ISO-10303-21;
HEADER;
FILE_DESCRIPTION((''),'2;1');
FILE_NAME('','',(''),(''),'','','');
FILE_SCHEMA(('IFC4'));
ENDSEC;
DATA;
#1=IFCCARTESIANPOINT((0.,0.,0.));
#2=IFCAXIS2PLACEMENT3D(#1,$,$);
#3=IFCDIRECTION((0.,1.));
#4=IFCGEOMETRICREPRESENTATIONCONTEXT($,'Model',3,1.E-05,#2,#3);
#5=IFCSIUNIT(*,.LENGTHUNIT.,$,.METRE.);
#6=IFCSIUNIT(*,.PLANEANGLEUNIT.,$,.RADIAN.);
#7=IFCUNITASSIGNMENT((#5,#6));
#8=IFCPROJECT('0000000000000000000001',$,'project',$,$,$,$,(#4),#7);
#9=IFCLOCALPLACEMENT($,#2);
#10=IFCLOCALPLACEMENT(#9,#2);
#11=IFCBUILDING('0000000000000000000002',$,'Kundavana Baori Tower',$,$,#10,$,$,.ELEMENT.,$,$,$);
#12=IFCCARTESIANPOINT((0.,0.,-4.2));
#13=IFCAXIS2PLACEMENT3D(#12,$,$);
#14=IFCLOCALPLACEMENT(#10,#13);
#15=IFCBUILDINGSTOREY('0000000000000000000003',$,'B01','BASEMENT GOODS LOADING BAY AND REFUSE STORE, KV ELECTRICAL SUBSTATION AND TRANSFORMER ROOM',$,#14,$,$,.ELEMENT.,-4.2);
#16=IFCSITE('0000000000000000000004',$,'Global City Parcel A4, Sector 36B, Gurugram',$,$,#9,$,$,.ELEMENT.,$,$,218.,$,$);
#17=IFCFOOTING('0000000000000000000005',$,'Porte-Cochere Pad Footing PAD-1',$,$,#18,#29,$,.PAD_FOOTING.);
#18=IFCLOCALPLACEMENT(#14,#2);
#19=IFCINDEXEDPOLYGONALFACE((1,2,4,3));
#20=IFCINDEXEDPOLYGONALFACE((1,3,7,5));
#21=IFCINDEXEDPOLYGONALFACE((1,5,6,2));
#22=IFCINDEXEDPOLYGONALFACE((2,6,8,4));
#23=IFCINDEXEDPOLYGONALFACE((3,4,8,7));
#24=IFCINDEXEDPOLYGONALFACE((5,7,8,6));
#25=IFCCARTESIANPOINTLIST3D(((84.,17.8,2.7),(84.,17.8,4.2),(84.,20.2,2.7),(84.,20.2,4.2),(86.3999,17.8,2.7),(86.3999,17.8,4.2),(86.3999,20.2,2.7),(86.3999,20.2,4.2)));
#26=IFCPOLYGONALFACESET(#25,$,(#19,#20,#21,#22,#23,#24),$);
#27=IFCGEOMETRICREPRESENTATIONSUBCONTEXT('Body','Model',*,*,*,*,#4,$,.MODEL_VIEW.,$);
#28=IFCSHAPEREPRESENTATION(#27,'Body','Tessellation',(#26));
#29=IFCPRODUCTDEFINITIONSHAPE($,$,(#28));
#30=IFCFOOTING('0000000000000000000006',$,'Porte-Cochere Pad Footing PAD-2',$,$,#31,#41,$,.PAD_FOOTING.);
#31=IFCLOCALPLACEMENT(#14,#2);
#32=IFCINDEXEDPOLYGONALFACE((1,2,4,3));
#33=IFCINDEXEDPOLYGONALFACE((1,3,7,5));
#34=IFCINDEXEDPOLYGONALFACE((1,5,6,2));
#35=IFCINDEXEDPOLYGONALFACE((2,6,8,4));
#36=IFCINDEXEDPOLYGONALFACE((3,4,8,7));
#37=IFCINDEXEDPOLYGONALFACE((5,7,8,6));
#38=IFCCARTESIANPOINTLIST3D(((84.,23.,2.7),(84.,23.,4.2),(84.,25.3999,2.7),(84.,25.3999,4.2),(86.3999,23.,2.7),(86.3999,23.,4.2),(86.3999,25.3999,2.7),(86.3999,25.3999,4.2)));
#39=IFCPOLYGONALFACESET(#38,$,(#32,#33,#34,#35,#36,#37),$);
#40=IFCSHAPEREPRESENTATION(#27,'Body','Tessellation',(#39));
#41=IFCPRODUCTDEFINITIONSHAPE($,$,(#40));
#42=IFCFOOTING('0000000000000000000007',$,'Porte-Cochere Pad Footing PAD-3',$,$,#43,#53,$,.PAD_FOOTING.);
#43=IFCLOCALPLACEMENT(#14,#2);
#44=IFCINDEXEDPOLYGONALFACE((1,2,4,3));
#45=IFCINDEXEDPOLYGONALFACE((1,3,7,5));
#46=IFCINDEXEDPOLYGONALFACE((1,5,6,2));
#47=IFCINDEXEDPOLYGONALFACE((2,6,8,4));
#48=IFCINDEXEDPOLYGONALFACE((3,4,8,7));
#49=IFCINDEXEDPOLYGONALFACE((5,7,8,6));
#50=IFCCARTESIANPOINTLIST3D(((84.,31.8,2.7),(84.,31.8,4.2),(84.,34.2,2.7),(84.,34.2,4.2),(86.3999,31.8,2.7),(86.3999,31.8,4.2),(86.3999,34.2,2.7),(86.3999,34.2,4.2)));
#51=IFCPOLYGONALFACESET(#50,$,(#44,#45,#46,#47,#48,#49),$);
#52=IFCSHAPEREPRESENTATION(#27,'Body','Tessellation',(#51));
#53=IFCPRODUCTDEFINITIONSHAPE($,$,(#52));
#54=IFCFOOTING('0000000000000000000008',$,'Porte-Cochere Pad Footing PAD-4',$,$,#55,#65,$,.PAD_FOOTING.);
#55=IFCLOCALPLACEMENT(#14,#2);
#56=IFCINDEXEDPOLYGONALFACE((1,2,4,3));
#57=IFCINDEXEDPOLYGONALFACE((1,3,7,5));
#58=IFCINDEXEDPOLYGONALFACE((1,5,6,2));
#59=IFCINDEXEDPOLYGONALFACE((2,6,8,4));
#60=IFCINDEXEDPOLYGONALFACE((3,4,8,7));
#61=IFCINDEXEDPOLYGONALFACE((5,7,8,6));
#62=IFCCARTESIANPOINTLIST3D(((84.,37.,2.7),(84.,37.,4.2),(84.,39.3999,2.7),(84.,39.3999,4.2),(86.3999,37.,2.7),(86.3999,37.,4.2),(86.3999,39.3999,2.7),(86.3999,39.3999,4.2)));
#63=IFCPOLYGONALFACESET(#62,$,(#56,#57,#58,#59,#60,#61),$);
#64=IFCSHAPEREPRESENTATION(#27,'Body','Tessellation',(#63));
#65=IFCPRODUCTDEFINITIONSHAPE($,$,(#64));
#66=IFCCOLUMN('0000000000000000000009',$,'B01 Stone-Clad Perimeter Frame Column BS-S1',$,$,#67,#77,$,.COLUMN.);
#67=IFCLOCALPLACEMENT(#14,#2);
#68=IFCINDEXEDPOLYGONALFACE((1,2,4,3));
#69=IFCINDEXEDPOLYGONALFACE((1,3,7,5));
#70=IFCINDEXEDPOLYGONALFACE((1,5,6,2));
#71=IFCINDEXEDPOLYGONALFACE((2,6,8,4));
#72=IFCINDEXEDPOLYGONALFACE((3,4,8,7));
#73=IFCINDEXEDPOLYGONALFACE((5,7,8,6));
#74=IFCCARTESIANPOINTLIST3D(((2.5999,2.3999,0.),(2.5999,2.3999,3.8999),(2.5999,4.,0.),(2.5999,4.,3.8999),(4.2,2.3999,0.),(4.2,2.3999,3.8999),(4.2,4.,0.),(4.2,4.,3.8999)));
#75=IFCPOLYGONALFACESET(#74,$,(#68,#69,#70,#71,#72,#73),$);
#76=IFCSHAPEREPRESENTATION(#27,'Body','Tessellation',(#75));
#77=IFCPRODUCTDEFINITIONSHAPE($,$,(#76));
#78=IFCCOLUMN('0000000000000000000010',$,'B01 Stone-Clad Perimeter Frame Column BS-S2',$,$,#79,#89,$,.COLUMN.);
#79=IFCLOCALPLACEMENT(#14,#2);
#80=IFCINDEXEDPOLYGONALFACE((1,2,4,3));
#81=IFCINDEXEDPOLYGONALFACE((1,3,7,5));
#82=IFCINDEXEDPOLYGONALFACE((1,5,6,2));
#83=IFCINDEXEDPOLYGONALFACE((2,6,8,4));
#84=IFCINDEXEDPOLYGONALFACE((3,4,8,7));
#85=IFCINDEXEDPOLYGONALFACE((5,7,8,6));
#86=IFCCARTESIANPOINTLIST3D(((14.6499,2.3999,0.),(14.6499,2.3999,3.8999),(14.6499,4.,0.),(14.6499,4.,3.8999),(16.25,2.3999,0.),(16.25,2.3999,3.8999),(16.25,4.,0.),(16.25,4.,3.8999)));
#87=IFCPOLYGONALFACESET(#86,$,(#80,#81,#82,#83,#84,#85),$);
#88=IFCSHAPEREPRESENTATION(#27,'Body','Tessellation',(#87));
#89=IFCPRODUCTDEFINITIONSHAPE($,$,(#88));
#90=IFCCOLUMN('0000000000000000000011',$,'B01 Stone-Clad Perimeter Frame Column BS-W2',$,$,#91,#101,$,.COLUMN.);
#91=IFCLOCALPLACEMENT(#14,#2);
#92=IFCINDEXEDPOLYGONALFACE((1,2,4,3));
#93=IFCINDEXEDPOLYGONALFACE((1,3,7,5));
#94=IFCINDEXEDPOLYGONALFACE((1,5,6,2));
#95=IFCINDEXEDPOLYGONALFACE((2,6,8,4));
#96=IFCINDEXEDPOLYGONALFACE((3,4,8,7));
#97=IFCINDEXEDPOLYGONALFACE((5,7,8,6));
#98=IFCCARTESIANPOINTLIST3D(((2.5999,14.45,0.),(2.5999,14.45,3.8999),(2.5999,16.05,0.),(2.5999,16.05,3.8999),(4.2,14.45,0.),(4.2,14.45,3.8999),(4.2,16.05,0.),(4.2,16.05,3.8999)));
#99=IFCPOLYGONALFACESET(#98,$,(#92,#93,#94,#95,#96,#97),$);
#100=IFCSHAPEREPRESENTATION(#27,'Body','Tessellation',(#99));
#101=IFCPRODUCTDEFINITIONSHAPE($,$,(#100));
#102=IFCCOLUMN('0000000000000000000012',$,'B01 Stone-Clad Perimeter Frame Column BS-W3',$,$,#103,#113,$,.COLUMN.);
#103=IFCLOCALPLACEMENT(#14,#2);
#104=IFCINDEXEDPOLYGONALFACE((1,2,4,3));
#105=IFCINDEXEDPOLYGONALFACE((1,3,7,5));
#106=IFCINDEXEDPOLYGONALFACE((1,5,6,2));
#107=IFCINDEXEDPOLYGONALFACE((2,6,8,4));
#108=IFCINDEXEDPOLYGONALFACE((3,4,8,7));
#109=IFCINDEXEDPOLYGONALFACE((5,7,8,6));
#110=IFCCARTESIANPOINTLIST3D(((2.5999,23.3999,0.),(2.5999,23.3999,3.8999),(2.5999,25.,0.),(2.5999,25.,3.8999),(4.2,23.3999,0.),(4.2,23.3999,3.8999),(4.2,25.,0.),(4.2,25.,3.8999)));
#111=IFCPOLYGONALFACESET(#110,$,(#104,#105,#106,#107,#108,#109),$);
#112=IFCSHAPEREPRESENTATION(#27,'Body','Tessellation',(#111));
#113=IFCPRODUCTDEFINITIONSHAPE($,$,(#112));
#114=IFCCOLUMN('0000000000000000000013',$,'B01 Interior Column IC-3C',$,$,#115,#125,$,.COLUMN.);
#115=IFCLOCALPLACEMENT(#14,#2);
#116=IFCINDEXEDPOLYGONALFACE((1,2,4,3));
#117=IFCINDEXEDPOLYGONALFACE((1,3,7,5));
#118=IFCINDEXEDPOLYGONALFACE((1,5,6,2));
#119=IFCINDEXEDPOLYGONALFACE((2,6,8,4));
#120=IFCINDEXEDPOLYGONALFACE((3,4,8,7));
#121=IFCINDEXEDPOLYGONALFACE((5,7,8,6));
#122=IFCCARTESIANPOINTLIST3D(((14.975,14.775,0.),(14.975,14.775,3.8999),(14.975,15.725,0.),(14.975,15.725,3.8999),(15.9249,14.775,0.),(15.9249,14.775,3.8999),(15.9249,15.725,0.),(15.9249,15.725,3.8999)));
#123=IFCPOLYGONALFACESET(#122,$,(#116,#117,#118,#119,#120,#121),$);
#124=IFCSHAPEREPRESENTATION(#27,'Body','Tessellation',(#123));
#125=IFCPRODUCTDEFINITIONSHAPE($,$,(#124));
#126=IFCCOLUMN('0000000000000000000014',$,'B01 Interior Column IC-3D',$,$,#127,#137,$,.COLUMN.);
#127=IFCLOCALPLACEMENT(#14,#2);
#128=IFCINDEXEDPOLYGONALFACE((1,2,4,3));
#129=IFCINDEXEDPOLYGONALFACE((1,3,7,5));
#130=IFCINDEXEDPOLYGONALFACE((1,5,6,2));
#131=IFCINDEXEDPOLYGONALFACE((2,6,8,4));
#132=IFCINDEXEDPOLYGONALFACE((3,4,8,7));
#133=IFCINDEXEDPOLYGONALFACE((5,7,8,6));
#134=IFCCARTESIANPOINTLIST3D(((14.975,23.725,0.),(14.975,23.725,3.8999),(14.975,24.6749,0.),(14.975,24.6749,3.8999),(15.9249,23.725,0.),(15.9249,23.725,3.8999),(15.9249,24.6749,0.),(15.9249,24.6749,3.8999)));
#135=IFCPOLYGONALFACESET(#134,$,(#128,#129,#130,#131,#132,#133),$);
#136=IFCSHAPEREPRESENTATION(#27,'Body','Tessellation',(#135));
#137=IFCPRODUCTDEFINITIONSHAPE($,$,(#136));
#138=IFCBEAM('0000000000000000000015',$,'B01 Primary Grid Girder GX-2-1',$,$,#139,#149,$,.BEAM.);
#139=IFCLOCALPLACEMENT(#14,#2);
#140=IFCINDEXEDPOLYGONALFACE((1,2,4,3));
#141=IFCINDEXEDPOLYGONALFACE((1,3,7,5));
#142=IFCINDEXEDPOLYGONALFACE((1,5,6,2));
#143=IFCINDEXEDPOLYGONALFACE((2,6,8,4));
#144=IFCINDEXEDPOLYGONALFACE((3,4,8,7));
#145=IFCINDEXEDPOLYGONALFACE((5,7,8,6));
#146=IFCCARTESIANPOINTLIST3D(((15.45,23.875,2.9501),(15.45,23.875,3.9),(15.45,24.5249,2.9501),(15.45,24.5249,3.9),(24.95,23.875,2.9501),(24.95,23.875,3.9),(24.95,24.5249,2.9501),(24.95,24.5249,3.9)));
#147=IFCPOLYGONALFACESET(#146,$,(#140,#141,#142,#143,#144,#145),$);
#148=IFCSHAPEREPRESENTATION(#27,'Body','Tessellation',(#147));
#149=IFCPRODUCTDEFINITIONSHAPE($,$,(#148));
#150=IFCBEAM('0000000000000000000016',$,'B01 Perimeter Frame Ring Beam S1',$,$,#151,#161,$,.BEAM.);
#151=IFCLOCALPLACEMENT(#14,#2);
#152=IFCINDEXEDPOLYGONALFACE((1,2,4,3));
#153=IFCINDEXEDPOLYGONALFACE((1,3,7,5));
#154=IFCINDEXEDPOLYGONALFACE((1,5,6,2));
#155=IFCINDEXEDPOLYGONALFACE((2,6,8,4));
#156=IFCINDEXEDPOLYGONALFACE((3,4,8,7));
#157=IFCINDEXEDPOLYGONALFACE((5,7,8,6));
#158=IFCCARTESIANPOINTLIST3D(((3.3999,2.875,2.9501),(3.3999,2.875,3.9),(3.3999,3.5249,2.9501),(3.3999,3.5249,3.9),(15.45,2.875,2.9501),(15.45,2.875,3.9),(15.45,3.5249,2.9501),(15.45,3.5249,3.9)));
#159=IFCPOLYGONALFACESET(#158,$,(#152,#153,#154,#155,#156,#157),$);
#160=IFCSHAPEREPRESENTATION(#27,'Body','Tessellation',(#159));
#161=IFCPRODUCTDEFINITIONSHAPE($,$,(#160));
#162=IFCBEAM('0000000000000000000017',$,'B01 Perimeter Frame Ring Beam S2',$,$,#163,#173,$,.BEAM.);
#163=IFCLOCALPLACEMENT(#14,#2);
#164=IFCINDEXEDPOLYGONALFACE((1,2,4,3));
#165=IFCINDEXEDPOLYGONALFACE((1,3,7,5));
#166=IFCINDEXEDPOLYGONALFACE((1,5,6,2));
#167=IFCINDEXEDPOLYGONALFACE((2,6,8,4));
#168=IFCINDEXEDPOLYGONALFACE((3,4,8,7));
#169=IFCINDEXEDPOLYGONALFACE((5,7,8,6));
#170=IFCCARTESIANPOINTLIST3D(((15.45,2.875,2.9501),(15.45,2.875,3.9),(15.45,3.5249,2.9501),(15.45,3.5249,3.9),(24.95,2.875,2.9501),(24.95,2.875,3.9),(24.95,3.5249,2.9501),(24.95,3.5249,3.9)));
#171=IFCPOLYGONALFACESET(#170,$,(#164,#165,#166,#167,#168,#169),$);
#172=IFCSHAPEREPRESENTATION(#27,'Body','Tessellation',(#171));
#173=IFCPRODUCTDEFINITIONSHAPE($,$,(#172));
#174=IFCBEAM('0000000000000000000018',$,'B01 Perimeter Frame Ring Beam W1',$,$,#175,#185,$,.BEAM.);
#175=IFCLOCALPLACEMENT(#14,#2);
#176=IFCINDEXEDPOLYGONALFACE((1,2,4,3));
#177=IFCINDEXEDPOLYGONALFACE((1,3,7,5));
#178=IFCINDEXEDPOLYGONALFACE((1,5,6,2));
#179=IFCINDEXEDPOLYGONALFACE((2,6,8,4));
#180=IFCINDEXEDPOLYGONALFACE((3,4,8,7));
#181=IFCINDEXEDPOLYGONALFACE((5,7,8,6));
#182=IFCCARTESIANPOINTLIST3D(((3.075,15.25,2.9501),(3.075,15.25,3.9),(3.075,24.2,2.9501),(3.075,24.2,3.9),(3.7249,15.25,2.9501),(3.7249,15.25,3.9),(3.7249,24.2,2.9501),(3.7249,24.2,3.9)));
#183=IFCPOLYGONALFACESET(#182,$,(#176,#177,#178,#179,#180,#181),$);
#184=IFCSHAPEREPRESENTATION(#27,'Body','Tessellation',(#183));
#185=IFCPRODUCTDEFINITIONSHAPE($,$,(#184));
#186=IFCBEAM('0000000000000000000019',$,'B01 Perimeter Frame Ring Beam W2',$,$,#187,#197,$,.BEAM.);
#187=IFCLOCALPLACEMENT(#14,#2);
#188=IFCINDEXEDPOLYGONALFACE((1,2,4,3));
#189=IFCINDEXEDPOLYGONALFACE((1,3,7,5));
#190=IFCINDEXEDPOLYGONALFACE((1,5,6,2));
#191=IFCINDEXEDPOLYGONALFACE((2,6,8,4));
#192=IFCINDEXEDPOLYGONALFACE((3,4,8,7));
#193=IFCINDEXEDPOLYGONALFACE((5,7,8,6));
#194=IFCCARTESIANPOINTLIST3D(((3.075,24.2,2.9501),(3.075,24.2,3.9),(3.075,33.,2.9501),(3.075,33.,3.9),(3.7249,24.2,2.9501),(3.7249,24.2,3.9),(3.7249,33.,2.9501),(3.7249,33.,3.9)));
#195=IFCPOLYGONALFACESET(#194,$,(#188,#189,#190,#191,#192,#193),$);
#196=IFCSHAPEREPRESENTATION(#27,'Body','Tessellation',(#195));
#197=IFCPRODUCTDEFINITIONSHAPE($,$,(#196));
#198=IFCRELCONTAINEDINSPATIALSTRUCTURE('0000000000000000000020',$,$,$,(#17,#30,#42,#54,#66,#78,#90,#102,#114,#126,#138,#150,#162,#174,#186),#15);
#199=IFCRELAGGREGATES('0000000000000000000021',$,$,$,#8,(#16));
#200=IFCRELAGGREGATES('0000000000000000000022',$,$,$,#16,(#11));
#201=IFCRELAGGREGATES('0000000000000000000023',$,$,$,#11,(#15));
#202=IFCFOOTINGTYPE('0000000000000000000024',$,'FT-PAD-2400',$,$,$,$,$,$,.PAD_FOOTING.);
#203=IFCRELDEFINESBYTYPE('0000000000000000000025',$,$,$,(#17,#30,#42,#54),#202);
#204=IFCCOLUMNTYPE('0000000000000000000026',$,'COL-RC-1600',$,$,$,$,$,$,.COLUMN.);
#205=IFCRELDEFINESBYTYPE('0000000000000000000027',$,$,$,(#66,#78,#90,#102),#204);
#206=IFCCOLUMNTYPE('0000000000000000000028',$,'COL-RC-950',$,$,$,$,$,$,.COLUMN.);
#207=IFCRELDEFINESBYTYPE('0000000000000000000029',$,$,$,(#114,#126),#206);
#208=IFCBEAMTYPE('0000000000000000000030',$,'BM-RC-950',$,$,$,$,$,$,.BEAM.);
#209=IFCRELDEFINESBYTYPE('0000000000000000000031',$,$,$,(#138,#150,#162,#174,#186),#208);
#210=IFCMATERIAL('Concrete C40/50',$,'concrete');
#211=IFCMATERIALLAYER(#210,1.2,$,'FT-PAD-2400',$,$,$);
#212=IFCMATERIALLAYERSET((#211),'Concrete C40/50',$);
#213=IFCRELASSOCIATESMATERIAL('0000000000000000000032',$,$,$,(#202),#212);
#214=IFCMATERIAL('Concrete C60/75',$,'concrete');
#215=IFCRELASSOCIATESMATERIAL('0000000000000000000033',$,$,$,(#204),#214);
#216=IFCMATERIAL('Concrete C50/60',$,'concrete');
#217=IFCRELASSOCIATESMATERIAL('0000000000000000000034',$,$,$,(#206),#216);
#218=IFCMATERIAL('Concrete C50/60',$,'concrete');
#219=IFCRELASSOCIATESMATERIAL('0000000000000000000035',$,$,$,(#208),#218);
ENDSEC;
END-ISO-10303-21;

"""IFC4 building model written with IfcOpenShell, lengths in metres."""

from ifc_helpers import new_model, si_unit, direction, frame, origin, origin_2d, place, context, subcontext, project, spatial, polyline, rectangle, outline, extrude, material, layer, layer_set, material_profile, profile_set, type_object, element, save


model = new_model("IFC4")

# Units and contexts
model_context = context("Model", 3, precision=1e-05, world=origin(), true_north=direction((0.0, 1.0)))
body_context = subcontext(model_context, "Body", "Model", "MODEL_VIEW")
ifc_project = project(units=[si_unit("LENGTHUNIT", "METRE"), si_unit("PLANEANGLEUNIT", "RADIAN")], contexts=[model_context])

# Site, building, storey
site_placement = place(None, origin())
site = spatial("IfcSite", under=ifc_project, at=site_placement, Name="Global City Parcel A4, Sector 36B, Gurugram", CompositionType="ELEMENT", RefElevation=218.0)
building_placement = place(site_placement, origin())
building = spatial("IfcBuilding", under=site, at=building_placement, Name="Kundavana Baori Tower", CompositionType="ELEMENT")
storey_placement = place(building_placement, frame((0.0, 0.0, -4.2)))
storey = spatial("IfcBuildingStorey", under=building, at=storey_placement, Name="B01", Description="BASEMENT GOODS LOADING BAY AND REFUSE STORE, KV ELECTRICAL SUBSTATION AND TRANSFORMER ROOM", CompositionType="ELEMENT", Elevation=-4.2)

# Footings
ifc_material_1 = material(Name="Concrete C40/50", Category="concrete")
ifc_layer_1 = layer(ifc_material_1, 1.2, Name="FT-PAD-2400")
ifc_layer_set_1 = layer_set([ifc_layer_1], Name="Concrete C40/50")
footing_type = type_object("IfcFootingType", Name="FT-PAD-2400", PredefinedType="PAD_FOOTING", material=ifc_layer_set_1)
footing_1_placement = place(storey_placement, frame((0.0, 0.0, 2.7)))
element("IfcFooting", 1, at=footing_1_placement, inside=storey, type_object=footing_type, Name="Porte-Cochere Pad Footing PAD-1", PredefinedType="PAD_FOOTING", context=body_context, shape_type="SweptSolid", body=[
    extrude(outline(polyline([(84.0, 17.8), (86.3999, 17.8), (86.3999, 20.2), (84.0, 20.2), (84.0, 17.8)])), origin(), (0.0, 0.0, 1.0), 1.5),
])
footing_2_placement = place(storey_placement, frame((0.0, 0.0, 2.7)))
element("IfcFooting", 2, at=footing_2_placement, inside=storey, type_object=footing_type, Name="Porte-Cochere Pad Footing PAD-2", PredefinedType="PAD_FOOTING", context=body_context, shape_type="SweptSolid", body=[
    extrude(outline(polyline([(84.0, 23.0), (86.3999, 23.0), (86.3999, 25.3999), (84.0, 25.3999), (84.0, 23.0)])), origin(), (0.0, 0.0, 1.0), 1.5),
])
footing_3_placement = place(storey_placement, frame((0.0, 0.0, 2.7)))
element("IfcFooting", 3, at=footing_3_placement, inside=storey, type_object=footing_type, Name="Porte-Cochere Pad Footing PAD-3", PredefinedType="PAD_FOOTING", context=body_context, shape_type="SweptSolid", body=[
    extrude(outline(polyline([(84.0, 31.8), (86.3999, 31.8), (86.3999, 34.2), (84.0, 34.2), (84.0, 31.8)])), origin(), (0.0, 0.0, 1.0), 1.5),
])
footing_4_placement = place(storey_placement, frame((0.0, 0.0, 2.7)))
element("IfcFooting", 4, at=footing_4_placement, inside=storey, type_object=footing_type, Name="Porte-Cochere Pad Footing PAD-4", PredefinedType="PAD_FOOTING", context=body_context, shape_type="SweptSolid", body=[
    extrude(outline(polyline([(84.0, 37.0), (86.3999, 37.0), (86.3999, 39.3999), (84.0, 39.3999), (84.0, 37.0)])), origin(), (0.0, 0.0, 1.0), 1.5),
])

# Columns
ifc_material_2 = material(Name="Concrete C60/75", Category="concrete")
ifc_material_profile_1 = material_profile(ifc_material_2, rectangle(XDim=1.6001, YDim=1.6001, at=origin_2d()), Name="RC 1600x1600")
ifc_profile_set_1 = profile_set([ifc_material_profile_1], Name="Concrete C60/75")
column_type_1 = type_object("IfcColumnType", Name="COL-RC-1600", PredefinedType="COLUMN", material=ifc_profile_set_1)
for number, where, z_axis, x_axis, name in (
    (5, (3.3999, 3.2, 0.0), (0.0, 0.0, 1.0), (1.0, 0.0, 0.0), "B01 Stone-Clad Perimeter Frame Column BS-S1"),
    (6, (15.45, 3.2, 0.0), (0.0, 0.0, 1.0), (1.0, 0.0, 0.0), "B01 Stone-Clad Perimeter Frame Column BS-S2"),
    (7, (3.3999, 15.25, 0.0), (0.0, 0.0, 1.0), (1.0, 0.0, 0.0), "B01 Stone-Clad Perimeter Frame Column BS-W2"),
    (8, (3.3999, 24.2, 0.0), (0.0, 0.0, 1.0), (1.0, 0.0, 0.0), "B01 Stone-Clad Perimeter Frame Column BS-W3"),
):
    element("IfcColumn", number, at=place(storey_placement, frame(where, z_axis=z_axis, x_axis=x_axis)), inside=storey, type_object=column_type_1, Name=name, PredefinedType="COLUMN", context=body_context, shape_type="SweptSolid", body=[
        extrude(rectangle(XDim=1.6001, YDim=1.6001, at=origin_2d()), origin(), (0.0, 0.0, 1.0), 3.8999),
    ])
ifc_material_3 = material(Name="Concrete C50/60", Category="concrete")
ifc_material_profile_2 = material_profile(ifc_material_3, rectangle(XDim=0.95, YDim=0.95, at=origin_2d()), Name="RC 950x950")
ifc_profile_set_2 = profile_set([ifc_material_profile_2], Name="Concrete C50/60")
column_type_2 = type_object("IfcColumnType", Name="COL-RC-950", PredefinedType="COLUMN", material=ifc_profile_set_2)
for number, where, z_axis, x_axis, name in (
    (9, (15.45, 15.25, 0.0), (0.0, 0.0, 1.0), (1.0, 0.0, 0.0), "B01 Interior Column IC-3C"),
    (10, (15.45, 24.2, 0.0), (0.0, 0.0, 1.0), (1.0, 0.0, 0.0), "B01 Interior Column IC-3D"),
):
    element("IfcColumn", number, at=place(storey_placement, frame(where, z_axis=z_axis, x_axis=x_axis)), inside=storey, type_object=column_type_2, Name=name, PredefinedType="COLUMN", context=body_context, shape_type="SweptSolid", body=[
        extrude(rectangle(XDim=0.95, YDim=0.95, at=origin_2d()), origin(), (0.0, 0.0, 1.0), 3.8999),
    ])

# Beams
ifc_material_4 = material(Name="Concrete C50/60", Category="concrete")
ifc_material_profile_3 = material_profile(ifc_material_4, rectangle(XDim=0.6499, YDim=0.95, at=origin_2d()), Name="RC BM 650x950")
ifc_profile_set_3 = profile_set([ifc_material_profile_3], Name="Concrete C50/60")
beam_type_1 = type_object("IfcBeamType", Name="BM-RC-950", PredefinedType="BEAM", material=ifc_profile_set_3)
beam_1_placement = place(storey_placement, frame((15.45, 24.2, 3.425), z_axis=(1.0, 0.0, 0.0), x_axis=(0.0, 1.0, 0.0)))
element("IfcBeam", 11, at=beam_1_placement, inside=storey, type_object=beam_type_1, Name="B01 Primary Grid Girder GX-2-1", PredefinedType="BEAM", context=body_context, shape_type="SweptSolid", body=[
    extrude(rectangle(XDim=0.6499, YDim=0.95, at=origin_2d()), origin(), (0.0, 0.0, 1.0), 9.5),
])
beam_2_placement = place(storey_placement, frame((3.3999, 3.2, 3.425), z_axis=(1.0, 0.0, 0.0), x_axis=(0.0, 1.0, 0.0)))
element("IfcBeam", 12, at=beam_2_placement, inside=storey, type_object=beam_type_1, Name="B01 Perimeter Frame Ring Beam S1", PredefinedType="BEAM", context=body_context, shape_type="SweptSolid", body=[
    extrude(rectangle(XDim=0.6499, YDim=0.95, at=origin_2d()), origin(), (0.0, 0.0, 1.0), 12.05),
])
beam_3_placement = place(storey_placement, frame((15.45, 3.2, 3.425), z_axis=(1.0, 0.0, 0.0), x_axis=(0.0, 1.0, 0.0)))
element("IfcBeam", 13, at=beam_3_placement, inside=storey, type_object=beam_type_1, Name="B01 Perimeter Frame Ring Beam S2", PredefinedType="BEAM", context=body_context, shape_type="SweptSolid", body=[
    extrude(rectangle(XDim=0.6499, YDim=0.95, at=origin_2d()), origin(), (0.0, 0.0, 1.0), 9.5),
])
beam_4_placement = place(storey_placement, frame((3.3999, 15.25, 3.425), z_axis=(0.0, 1.0, 0.0), x_axis=(-1.0, 0.0, 0.0)))
element("IfcBeam", 14, at=beam_4_placement, inside=storey, type_object=beam_type_1, Name="B01 Perimeter Frame Ring Beam W1", PredefinedType="BEAM", context=body_context, shape_type="SweptSolid", body=[
    extrude(rectangle(XDim=0.6499, YDim=0.95, at=origin_2d()), origin(), (0.0, 0.0, 1.0), 8.95),
])
beam_5_placement = place(storey_placement, frame((3.3999, 24.2, 3.425), z_axis=(0.0, 1.0, 0.0), x_axis=(-1.0, 0.0, 0.0)))
element("IfcBeam", 15, at=beam_5_placement, inside=storey, type_object=beam_type_1, Name="B01 Perimeter Frame Ring Beam W2", PredefinedType="BEAM", context=body_context, shape_type="SweptSolid", body=[
    extrude(rectangle(XDim=0.6499, YDim=0.95, at=origin_2d()), origin(), (0.0, 0.0, 1.0), 8.8),
])

save(model, "model.ifc")
